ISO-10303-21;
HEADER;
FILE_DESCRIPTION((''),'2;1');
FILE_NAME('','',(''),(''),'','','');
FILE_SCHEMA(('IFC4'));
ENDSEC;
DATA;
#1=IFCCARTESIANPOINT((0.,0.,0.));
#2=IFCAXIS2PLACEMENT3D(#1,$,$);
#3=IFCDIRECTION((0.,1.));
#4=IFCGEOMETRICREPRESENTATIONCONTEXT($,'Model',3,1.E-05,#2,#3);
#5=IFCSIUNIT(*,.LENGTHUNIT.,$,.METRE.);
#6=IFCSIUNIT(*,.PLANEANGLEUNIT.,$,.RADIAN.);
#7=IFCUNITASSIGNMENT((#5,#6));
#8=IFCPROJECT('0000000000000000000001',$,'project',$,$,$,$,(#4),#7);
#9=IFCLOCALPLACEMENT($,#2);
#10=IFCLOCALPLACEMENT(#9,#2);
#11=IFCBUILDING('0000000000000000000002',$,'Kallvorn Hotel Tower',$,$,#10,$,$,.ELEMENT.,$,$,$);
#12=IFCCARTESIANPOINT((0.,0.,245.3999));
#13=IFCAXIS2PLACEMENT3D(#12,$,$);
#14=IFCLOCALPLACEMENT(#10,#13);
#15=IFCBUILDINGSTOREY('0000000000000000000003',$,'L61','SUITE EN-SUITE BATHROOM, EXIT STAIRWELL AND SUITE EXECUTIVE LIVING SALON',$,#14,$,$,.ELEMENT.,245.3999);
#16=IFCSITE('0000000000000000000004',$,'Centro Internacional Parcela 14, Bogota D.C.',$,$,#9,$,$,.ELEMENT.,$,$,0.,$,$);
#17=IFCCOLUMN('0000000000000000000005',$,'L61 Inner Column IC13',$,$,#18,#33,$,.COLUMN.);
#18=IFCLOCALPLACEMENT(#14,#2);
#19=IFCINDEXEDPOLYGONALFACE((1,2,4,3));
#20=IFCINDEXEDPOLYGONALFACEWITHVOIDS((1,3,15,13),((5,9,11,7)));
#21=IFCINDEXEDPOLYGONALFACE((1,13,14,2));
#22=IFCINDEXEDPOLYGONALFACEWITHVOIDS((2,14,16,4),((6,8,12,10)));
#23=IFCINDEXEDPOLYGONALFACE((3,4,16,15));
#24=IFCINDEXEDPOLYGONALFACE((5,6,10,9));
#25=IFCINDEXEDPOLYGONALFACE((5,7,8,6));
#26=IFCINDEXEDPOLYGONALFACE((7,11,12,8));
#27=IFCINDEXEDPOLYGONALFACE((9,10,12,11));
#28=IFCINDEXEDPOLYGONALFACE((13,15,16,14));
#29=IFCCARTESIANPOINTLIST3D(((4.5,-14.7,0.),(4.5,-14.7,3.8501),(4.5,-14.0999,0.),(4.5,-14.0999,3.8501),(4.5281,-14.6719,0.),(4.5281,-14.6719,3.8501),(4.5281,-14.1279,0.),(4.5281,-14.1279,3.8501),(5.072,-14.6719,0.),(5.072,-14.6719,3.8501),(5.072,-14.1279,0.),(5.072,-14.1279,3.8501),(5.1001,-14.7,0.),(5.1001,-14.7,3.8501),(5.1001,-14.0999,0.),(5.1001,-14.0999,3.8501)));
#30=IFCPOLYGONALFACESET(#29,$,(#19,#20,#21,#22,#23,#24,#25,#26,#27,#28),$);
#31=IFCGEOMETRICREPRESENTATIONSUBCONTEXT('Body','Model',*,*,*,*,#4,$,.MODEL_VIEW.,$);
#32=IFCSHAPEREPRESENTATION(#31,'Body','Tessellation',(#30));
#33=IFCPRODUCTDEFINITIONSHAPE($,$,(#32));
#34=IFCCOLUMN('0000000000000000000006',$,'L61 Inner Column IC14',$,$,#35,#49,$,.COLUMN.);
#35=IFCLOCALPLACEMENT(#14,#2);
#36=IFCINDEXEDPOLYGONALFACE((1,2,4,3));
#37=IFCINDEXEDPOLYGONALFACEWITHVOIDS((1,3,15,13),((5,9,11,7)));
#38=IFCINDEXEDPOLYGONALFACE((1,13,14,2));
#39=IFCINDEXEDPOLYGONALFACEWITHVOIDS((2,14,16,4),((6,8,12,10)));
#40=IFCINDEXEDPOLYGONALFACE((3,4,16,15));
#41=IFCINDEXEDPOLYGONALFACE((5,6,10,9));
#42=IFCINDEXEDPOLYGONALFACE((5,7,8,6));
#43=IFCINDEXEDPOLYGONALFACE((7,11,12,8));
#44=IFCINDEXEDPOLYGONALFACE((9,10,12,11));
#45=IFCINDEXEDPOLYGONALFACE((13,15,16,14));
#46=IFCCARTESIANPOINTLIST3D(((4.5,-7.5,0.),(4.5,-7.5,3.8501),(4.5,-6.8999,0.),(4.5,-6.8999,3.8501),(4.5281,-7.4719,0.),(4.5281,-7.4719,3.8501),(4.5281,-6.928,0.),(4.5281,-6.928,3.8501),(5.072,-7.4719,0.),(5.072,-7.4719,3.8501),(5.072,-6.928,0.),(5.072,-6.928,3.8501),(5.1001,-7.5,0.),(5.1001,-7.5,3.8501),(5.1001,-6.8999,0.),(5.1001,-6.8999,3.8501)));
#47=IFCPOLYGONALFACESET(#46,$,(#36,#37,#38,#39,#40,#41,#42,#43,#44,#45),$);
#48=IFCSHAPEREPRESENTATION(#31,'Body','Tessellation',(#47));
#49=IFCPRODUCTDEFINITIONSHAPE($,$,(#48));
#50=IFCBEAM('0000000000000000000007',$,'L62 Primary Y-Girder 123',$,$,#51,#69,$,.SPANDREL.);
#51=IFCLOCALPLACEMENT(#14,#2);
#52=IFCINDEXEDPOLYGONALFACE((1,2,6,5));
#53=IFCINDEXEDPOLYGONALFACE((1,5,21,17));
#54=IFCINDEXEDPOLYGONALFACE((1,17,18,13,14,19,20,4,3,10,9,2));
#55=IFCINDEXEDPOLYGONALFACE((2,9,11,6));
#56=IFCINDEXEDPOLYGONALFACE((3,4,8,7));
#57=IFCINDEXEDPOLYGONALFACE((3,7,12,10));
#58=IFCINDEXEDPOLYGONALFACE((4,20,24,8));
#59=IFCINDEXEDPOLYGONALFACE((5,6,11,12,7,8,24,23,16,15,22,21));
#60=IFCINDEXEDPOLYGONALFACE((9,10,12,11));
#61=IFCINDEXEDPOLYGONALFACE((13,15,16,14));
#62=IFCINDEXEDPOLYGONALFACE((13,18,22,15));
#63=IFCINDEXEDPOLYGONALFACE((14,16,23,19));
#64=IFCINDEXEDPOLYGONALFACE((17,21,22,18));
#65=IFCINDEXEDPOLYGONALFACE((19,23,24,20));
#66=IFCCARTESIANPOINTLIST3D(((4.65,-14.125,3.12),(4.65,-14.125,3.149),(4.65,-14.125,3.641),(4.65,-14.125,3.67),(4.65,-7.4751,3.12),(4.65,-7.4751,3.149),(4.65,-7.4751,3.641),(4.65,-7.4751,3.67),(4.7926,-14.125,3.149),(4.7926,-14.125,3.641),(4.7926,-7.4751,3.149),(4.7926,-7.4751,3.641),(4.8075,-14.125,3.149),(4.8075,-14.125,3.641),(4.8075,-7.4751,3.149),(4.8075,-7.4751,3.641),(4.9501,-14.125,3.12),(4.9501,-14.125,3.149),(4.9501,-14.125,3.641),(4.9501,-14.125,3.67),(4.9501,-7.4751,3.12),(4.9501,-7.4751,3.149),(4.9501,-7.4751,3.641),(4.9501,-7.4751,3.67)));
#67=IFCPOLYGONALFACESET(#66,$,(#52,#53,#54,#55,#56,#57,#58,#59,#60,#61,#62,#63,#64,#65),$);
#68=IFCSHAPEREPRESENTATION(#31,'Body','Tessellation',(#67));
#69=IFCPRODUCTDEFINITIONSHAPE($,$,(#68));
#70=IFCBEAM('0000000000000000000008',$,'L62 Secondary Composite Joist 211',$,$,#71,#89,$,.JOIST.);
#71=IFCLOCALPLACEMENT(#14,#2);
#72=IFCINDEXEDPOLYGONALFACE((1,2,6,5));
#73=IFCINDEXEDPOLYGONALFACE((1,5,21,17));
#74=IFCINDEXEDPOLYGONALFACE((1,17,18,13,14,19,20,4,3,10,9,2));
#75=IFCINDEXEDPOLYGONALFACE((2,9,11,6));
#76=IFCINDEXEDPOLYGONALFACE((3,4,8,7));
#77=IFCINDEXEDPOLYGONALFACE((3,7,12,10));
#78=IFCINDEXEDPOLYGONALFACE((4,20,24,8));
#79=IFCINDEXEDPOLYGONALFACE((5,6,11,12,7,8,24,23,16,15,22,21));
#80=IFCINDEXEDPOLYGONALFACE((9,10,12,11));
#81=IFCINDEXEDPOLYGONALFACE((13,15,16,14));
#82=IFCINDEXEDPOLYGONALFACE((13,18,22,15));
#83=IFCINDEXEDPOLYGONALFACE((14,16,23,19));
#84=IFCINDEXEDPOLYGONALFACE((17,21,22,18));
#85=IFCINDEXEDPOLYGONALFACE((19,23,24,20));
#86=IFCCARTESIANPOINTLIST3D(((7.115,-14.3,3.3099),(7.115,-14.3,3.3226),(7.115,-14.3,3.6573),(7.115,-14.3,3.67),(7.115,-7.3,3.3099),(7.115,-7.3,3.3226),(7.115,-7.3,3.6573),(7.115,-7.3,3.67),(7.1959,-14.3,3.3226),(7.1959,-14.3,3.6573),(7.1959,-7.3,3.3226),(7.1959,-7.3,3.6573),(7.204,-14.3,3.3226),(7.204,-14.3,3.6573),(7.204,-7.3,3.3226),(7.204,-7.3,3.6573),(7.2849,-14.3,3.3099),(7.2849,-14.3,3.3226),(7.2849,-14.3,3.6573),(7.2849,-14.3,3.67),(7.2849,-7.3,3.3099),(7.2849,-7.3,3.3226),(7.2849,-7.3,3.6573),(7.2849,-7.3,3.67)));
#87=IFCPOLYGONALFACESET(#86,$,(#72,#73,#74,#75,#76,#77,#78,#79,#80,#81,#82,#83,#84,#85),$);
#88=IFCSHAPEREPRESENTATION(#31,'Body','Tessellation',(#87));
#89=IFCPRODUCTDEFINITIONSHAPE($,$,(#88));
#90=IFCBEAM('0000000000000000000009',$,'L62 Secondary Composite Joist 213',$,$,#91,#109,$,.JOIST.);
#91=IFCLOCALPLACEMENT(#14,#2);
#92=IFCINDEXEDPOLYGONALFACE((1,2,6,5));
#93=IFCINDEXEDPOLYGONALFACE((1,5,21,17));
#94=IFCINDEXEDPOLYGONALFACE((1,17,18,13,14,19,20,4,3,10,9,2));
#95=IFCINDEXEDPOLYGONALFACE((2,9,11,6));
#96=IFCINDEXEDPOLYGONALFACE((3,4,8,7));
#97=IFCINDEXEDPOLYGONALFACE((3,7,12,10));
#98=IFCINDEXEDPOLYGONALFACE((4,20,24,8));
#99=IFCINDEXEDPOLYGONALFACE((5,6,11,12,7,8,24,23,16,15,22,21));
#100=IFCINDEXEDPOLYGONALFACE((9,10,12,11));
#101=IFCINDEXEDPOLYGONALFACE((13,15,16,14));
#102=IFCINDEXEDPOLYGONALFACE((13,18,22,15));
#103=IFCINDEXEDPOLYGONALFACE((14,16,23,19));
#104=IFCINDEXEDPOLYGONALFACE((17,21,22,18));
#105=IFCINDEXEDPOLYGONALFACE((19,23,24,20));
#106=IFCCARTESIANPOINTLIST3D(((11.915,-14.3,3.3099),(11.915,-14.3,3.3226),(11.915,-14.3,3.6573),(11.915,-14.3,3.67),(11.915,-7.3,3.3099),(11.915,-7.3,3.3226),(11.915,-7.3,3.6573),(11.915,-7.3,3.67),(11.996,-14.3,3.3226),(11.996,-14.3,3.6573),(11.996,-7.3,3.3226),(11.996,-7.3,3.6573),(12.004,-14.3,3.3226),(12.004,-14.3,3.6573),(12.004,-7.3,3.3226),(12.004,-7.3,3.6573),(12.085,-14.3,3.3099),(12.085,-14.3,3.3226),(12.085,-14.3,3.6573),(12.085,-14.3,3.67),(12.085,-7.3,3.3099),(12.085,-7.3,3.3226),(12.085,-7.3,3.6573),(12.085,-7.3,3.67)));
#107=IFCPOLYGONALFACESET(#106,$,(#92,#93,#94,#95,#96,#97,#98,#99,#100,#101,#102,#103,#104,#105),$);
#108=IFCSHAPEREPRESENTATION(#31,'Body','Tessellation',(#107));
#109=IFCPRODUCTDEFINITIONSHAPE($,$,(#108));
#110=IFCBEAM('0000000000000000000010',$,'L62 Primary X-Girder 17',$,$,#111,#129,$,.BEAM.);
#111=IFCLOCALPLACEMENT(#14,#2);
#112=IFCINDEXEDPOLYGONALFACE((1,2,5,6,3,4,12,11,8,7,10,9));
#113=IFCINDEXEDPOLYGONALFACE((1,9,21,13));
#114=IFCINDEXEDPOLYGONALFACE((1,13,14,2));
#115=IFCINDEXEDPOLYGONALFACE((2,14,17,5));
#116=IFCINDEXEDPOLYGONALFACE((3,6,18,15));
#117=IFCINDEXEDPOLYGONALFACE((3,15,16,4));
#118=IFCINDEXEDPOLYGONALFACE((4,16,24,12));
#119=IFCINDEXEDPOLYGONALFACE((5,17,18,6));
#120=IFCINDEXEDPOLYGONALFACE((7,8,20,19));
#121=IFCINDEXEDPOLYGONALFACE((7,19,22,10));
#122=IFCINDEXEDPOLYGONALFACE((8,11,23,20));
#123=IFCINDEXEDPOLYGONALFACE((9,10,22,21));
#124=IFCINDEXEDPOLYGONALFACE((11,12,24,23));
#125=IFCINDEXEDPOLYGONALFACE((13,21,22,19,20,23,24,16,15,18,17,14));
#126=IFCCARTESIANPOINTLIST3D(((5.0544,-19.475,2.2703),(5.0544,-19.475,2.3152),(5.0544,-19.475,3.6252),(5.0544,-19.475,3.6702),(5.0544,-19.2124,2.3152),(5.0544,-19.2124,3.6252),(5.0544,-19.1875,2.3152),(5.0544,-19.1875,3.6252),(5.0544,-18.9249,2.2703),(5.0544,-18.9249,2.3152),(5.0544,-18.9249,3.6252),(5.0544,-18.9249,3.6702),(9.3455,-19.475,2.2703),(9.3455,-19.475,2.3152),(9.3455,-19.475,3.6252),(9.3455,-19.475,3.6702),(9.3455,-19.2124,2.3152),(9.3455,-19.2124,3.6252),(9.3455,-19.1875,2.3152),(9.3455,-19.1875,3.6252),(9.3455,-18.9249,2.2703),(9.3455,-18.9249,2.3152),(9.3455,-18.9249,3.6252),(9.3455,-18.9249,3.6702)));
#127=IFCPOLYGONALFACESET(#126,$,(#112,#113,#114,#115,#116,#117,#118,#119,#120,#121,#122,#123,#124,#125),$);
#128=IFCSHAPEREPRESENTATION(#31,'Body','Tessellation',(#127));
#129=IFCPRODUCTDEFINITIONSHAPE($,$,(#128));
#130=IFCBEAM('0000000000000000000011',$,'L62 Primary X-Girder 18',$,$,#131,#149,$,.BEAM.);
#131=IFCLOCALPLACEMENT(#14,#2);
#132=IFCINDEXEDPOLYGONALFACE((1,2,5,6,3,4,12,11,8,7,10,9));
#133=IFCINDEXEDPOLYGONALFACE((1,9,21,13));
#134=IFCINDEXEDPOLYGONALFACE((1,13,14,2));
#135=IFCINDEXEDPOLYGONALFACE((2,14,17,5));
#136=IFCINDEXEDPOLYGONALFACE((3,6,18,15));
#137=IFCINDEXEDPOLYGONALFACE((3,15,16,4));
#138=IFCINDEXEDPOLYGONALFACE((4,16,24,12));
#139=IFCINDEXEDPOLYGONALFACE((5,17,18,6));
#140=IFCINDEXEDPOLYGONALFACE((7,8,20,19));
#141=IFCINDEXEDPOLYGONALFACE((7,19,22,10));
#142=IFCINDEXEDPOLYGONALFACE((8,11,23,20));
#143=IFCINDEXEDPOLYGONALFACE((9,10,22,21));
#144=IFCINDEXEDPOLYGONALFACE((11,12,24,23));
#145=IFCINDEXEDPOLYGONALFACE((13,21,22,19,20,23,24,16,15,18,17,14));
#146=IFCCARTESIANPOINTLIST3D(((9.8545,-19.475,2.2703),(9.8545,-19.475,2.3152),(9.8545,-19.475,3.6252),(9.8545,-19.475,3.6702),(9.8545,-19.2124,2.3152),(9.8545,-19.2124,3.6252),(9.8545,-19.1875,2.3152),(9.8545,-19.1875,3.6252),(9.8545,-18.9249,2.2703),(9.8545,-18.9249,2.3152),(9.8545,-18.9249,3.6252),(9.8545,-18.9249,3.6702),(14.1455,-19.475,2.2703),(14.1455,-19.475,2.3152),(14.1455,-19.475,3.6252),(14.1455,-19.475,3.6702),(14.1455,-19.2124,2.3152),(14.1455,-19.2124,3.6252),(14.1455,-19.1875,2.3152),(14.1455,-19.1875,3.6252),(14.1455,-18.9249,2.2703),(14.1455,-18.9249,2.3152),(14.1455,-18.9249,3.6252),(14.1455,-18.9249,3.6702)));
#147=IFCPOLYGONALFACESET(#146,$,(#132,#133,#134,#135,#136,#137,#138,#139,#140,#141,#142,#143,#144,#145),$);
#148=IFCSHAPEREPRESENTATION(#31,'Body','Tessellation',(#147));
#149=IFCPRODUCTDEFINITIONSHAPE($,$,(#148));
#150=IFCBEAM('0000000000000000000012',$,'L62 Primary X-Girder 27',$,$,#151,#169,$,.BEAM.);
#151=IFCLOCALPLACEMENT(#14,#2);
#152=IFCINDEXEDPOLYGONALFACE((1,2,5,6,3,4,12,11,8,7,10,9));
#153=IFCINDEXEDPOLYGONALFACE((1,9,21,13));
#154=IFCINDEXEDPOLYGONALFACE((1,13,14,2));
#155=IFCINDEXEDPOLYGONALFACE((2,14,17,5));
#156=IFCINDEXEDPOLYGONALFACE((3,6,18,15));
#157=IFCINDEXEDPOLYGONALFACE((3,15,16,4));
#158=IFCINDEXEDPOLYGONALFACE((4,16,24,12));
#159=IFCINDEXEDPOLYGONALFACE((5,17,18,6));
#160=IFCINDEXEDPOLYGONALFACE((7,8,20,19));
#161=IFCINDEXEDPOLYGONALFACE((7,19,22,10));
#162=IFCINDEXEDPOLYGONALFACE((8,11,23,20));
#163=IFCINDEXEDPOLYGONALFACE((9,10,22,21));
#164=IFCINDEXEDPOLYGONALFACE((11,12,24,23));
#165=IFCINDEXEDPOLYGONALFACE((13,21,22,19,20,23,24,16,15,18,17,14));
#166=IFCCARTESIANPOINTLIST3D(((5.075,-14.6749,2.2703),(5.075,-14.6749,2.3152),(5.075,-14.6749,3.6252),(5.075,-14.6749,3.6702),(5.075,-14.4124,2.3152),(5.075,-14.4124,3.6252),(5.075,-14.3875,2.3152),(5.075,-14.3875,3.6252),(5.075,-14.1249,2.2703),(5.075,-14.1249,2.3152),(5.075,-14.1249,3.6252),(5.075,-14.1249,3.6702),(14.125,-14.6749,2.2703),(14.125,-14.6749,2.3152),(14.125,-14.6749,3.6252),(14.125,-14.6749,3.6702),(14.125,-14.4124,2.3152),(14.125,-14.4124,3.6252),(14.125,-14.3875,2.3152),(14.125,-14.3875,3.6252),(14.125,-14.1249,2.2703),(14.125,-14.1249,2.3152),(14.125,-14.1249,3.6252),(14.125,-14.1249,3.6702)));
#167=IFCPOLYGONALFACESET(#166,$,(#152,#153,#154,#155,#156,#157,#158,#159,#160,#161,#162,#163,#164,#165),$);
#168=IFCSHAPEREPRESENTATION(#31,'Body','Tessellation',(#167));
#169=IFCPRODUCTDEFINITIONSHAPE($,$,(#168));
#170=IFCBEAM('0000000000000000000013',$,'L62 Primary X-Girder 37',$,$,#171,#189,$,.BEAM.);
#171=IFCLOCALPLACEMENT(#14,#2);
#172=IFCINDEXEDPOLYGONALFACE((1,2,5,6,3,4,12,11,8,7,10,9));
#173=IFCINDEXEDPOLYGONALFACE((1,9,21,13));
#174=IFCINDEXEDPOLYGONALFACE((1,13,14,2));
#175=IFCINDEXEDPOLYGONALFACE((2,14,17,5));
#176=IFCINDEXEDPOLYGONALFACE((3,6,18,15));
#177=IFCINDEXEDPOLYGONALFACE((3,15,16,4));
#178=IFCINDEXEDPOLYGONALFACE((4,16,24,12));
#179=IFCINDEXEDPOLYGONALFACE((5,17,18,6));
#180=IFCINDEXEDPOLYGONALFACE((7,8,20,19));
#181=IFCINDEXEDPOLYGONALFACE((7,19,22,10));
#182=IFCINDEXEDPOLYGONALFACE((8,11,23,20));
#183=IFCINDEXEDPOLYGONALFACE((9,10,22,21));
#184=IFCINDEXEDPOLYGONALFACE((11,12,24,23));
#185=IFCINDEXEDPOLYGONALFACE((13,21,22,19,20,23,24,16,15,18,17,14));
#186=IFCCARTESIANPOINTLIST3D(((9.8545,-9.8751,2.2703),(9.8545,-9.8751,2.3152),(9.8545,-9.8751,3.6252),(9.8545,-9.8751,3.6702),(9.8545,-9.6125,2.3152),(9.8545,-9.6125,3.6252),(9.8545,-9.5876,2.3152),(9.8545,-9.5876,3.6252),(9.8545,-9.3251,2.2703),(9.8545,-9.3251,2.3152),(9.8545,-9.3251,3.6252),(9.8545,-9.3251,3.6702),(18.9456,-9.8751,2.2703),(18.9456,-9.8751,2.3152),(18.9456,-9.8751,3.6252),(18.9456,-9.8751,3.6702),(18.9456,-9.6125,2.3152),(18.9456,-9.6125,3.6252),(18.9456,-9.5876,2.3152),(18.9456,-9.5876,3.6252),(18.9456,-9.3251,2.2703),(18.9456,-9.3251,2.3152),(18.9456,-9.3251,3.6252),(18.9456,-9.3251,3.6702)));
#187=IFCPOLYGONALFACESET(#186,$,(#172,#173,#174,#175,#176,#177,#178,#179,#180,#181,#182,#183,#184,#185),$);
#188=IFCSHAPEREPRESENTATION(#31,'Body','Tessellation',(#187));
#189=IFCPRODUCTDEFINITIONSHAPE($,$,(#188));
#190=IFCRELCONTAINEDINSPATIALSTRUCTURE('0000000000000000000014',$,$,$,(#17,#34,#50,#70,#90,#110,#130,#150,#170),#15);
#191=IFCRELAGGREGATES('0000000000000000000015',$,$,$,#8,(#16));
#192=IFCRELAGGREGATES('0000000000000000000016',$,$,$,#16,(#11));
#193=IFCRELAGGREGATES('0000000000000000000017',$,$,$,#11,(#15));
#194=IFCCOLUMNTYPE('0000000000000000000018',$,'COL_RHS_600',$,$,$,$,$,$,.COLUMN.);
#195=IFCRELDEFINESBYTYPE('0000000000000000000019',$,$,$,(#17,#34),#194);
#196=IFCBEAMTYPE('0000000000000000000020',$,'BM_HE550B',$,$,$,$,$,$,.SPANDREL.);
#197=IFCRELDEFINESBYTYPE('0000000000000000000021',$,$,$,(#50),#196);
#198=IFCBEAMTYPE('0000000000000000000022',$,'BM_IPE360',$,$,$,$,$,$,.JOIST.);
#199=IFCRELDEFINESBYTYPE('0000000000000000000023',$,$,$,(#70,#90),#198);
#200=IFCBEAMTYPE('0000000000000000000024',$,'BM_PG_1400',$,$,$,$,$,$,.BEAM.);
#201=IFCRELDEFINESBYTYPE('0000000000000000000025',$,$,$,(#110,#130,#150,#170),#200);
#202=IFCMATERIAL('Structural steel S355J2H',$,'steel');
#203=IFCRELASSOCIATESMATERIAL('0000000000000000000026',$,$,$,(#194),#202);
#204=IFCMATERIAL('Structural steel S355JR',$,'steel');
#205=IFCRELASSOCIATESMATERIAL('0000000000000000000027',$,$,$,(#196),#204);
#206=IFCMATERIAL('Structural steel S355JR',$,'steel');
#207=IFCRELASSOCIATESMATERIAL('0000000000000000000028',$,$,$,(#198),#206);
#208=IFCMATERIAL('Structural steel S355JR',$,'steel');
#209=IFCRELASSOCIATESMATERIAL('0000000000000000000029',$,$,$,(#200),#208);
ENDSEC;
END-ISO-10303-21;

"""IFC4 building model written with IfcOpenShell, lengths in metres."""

from ifc_helpers import new_model, si_unit, direction, frame, origin, origin_2d, place, context, subcontext, project, spatial, hollow_rectangle, i_section, extrude, material, material_profile, profile_set, type_object, element, save


model = new_model("IFC4")

# Units and contexts
model_context = context("Model", 3, precision=1e-05, world=origin(), true_north=direction((0.0, 1.0)))
body_context = subcontext(model_context, "Body", "Model", "MODEL_VIEW")
ifc_project = project(units=[si_unit("LENGTHUNIT", "METRE"), si_unit("PLANEANGLEUNIT", "RADIAN")], contexts=[model_context])

# Site, building, storey
site_placement = place(None, origin())
site = spatial("IfcSite", under=ifc_project, at=site_placement, Name="Centro Internacional Parcela 14, Bogota D.C.", CompositionType="ELEMENT", RefElevation=0.0)
building_placement = place(site_placement, origin())
building = spatial("IfcBuilding", under=site, at=building_placement, Name="Kallvorn Hotel Tower", CompositionType="ELEMENT")
storey_placement = place(building_placement, frame((0.0, 0.0, 245.3999)))
storey = spatial("IfcBuildingStorey", under=building, at=storey_placement, Name="L61", Description="SUITE EN-SUITE BATHROOM, EXIT STAIRWELL AND SUITE EXECUTIVE LIVING SALON", CompositionType="ELEMENT", Elevation=245.3999)

# Columns
ifc_material_1 = material(Name="Structural steel S355J2H", Category="steel")
ifc_material_profile_1 = material_profile(ifc_material_1, hollow_rectangle(XDim=0.6001, YDim=0.6001, WallThickness=0.0281, at=origin_2d()), Name="RHS 600x600x28")
ifc_profile_set_1 = profile_set([ifc_material_profile_1], Name="Structural steel S355J2H")
column_type_1 = type_object("IfcColumnType", Name="COL_RHS_600", PredefinedType="COLUMN", material=ifc_profile_set_1)
for number, where, z_axis, x_axis, name in (
    (1, (4.8, -14.3999, 0.0), (0.0, 0.0, 1.0), (1.0, 0.0, 0.0), "L61 Inner Column IC13"),
    (2, (4.8, -7.2, 0.0), (0.0, 0.0, 1.0), (1.0, 0.0, 0.0), "L61 Inner Column IC14"),
):
    element("IfcColumn", number, at=place(storey_placement, frame(where, z_axis=z_axis, x_axis=x_axis)), inside=storey, type_object=column_type_1, Name=name, PredefinedType="COLUMN", context=body_context, shape_type="SweptSolid", body=[
        extrude(hollow_rectangle(XDim=0.6001, YDim=0.6001, WallThickness=0.0281, at=origin_2d()), origin(), (0.0, 0.0, 1.0), 3.8501),
    ])

# Beams
ifc_material_2 = material(Name="Structural steel S355JR", Category="steel")
ifc_material_profile_2 = material_profile(ifc_material_2, i_section(OverallWidth=0.3, OverallDepth=0.55, WebThickness=0.0149, FlangeThickness=0.0291, at=origin_2d()), Name="HE 550 B")
ifc_profile_set_2 = profile_set([ifc_material_profile_2], Name="Structural steel S355JR")
beam_type_1 = type_object("IfcBeamType", Name="BM_HE550B", PredefinedType="SPANDREL", material=ifc_profile_set_2)
beam_1_placement = place(storey_placement, frame((4.8, -14.125, 3.395), z_axis=(0.0, 1.0, 0.0), x_axis=(-1.0, 0.0, 0.0)))
element("IfcBeam", 3, at=beam_1_placement, inside=storey, type_object=beam_type_1, Name="L62 Primary Y-Girder 123", PredefinedType="SPANDREL", context=body_context, shape_type="SweptSolid", body=[
    extrude(i_section(OverallWidth=0.3, OverallDepth=0.55, WebThickness=0.0149, FlangeThickness=0.0291, at=origin_2d()), origin(), (0.0, 0.0, 1.0), 6.6499),
])
ifc_material_3 = material(Name="Structural steel S355JR", Category="steel")
ifc_material_profile_3 = material_profile(ifc_material_3, i_section(OverallWidth=0.1699, OverallDepth=0.3601, WebThickness=0.0081, FlangeThickness=0.0127, at=origin_2d()), Name="IPE 360")
ifc_profile_set_3 = profile_set([ifc_material_profile_3], Name="Structural steel S355JR")
beam_type_2 = type_object("IfcBeamType", Name="BM_IPE360", PredefinedType="JOIST", material=ifc_profile_set_3)
for number, where, z_axis, x_axis, name in (
    (4, (7.2, -14.3, 3.49), (0.0, 1.0, 0.0), (-1.0, 0.0, 0.0), "L62 Secondary Composite Joist 211"),
    (5, (12.0, -14.3, 3.49), (0.0, 1.0, 0.0), (-1.0, 0.0, 0.0), "L62 Secondary Composite Joist 213"),
):
    element("IfcBeam", number, at=place(storey_placement, frame(where, z_axis=z_axis, x_axis=x_axis)), inside=storey, type_object=beam_type_2, Name=name, PredefinedType="JOIST", context=body_context, shape_type="SweptSolid", body=[
        extrude(i_section(OverallWidth=0.1699, OverallDepth=0.3601, WebThickness=0.0081, FlangeThickness=0.0127, at=origin_2d()), origin(), (0.0, 0.0, 1.0), 7.0),
    ])
ifc_material_4 = material(Name="Structural steel S355JR", Category="steel")
ifc_material_profile_4 = material_profile(ifc_material_4, i_section(OverallWidth=0.55, OverallDepth=1.3999, WebThickness=0.0249, FlangeThickness=0.0449, at=origin_2d()), Name="PG 1400x550x25x45")
ifc_profile_set_4 = profile_set([ifc_material_profile_4], Name="Structural steel S355JR")
beam_type_3 = type_object("IfcBeamType", Name="BM_PG_1400", PredefinedType="BEAM", material=ifc_profile_set_4)
for number, where, z_axis, x_axis, name in (
    (6, (5.0544, -19.2, 2.9702), (1.0, 0.0, 0.0), (0.0, 1.0, 0.0), "L62 Primary X-Girder 17"),
    (7, (9.8545, -19.2, 2.9702), (1.0, 0.0, 0.0), (0.0, 1.0, 0.0), "L62 Primary X-Girder 18"),
):
    element("IfcBeam", number, at=place(storey_placement, frame(where, z_axis=z_axis, x_axis=x_axis)), inside=storey, type_object=beam_type_3, Name=name, PredefinedType="BEAM", context=body_context, shape_type="SweptSolid", body=[
        extrude(i_section(OverallWidth=0.55, OverallDepth=1.3999, WebThickness=0.0249, FlangeThickness=0.0449, at=origin_2d()), origin(), (0.0, 0.0, 1.0), 4.291),
    ])
beam_2_placement = place(storey_placement, frame((5.075, -14.3999, 2.9702), z_axis=(1.0, 0.0, 0.0), x_axis=(0.0, 1.0, 0.0)))
element("IfcBeam", 8, at=beam_2_placement, inside=storey, type_object=beam_type_3, Name="L62 Primary X-Girder 27", PredefinedType="BEAM", context=body_context, shape_type="SweptSolid", body=[
    extrude(i_section(OverallWidth=0.55, OverallDepth=1.3999, WebThickness=0.0249, FlangeThickness=0.0449, at=origin_2d()), origin(), (0.0, 0.0, 1.0), 9.05),
])
beam_3_placement = place(storey_placement, frame((9.8545, -9.6001, 2.9702), z_axis=(1.0, 0.0, 0.0), x_axis=(0.0, 1.0, 0.0)))
element("IfcBeam", 9, at=beam_3_placement, inside=storey, type_object=beam_type_3, Name="L62 Primary X-Girder 37", PredefinedType="BEAM", context=body_context, shape_type="SweptSolid", body=[
    extrude(i_section(OverallWidth=0.55, OverallDepth=1.3999, WebThickness=0.0249, FlangeThickness=0.0449, at=origin_2d()), origin(), (0.0, 0.0, 1.0), 9.0911),
])

save(model, "model.ifc")
